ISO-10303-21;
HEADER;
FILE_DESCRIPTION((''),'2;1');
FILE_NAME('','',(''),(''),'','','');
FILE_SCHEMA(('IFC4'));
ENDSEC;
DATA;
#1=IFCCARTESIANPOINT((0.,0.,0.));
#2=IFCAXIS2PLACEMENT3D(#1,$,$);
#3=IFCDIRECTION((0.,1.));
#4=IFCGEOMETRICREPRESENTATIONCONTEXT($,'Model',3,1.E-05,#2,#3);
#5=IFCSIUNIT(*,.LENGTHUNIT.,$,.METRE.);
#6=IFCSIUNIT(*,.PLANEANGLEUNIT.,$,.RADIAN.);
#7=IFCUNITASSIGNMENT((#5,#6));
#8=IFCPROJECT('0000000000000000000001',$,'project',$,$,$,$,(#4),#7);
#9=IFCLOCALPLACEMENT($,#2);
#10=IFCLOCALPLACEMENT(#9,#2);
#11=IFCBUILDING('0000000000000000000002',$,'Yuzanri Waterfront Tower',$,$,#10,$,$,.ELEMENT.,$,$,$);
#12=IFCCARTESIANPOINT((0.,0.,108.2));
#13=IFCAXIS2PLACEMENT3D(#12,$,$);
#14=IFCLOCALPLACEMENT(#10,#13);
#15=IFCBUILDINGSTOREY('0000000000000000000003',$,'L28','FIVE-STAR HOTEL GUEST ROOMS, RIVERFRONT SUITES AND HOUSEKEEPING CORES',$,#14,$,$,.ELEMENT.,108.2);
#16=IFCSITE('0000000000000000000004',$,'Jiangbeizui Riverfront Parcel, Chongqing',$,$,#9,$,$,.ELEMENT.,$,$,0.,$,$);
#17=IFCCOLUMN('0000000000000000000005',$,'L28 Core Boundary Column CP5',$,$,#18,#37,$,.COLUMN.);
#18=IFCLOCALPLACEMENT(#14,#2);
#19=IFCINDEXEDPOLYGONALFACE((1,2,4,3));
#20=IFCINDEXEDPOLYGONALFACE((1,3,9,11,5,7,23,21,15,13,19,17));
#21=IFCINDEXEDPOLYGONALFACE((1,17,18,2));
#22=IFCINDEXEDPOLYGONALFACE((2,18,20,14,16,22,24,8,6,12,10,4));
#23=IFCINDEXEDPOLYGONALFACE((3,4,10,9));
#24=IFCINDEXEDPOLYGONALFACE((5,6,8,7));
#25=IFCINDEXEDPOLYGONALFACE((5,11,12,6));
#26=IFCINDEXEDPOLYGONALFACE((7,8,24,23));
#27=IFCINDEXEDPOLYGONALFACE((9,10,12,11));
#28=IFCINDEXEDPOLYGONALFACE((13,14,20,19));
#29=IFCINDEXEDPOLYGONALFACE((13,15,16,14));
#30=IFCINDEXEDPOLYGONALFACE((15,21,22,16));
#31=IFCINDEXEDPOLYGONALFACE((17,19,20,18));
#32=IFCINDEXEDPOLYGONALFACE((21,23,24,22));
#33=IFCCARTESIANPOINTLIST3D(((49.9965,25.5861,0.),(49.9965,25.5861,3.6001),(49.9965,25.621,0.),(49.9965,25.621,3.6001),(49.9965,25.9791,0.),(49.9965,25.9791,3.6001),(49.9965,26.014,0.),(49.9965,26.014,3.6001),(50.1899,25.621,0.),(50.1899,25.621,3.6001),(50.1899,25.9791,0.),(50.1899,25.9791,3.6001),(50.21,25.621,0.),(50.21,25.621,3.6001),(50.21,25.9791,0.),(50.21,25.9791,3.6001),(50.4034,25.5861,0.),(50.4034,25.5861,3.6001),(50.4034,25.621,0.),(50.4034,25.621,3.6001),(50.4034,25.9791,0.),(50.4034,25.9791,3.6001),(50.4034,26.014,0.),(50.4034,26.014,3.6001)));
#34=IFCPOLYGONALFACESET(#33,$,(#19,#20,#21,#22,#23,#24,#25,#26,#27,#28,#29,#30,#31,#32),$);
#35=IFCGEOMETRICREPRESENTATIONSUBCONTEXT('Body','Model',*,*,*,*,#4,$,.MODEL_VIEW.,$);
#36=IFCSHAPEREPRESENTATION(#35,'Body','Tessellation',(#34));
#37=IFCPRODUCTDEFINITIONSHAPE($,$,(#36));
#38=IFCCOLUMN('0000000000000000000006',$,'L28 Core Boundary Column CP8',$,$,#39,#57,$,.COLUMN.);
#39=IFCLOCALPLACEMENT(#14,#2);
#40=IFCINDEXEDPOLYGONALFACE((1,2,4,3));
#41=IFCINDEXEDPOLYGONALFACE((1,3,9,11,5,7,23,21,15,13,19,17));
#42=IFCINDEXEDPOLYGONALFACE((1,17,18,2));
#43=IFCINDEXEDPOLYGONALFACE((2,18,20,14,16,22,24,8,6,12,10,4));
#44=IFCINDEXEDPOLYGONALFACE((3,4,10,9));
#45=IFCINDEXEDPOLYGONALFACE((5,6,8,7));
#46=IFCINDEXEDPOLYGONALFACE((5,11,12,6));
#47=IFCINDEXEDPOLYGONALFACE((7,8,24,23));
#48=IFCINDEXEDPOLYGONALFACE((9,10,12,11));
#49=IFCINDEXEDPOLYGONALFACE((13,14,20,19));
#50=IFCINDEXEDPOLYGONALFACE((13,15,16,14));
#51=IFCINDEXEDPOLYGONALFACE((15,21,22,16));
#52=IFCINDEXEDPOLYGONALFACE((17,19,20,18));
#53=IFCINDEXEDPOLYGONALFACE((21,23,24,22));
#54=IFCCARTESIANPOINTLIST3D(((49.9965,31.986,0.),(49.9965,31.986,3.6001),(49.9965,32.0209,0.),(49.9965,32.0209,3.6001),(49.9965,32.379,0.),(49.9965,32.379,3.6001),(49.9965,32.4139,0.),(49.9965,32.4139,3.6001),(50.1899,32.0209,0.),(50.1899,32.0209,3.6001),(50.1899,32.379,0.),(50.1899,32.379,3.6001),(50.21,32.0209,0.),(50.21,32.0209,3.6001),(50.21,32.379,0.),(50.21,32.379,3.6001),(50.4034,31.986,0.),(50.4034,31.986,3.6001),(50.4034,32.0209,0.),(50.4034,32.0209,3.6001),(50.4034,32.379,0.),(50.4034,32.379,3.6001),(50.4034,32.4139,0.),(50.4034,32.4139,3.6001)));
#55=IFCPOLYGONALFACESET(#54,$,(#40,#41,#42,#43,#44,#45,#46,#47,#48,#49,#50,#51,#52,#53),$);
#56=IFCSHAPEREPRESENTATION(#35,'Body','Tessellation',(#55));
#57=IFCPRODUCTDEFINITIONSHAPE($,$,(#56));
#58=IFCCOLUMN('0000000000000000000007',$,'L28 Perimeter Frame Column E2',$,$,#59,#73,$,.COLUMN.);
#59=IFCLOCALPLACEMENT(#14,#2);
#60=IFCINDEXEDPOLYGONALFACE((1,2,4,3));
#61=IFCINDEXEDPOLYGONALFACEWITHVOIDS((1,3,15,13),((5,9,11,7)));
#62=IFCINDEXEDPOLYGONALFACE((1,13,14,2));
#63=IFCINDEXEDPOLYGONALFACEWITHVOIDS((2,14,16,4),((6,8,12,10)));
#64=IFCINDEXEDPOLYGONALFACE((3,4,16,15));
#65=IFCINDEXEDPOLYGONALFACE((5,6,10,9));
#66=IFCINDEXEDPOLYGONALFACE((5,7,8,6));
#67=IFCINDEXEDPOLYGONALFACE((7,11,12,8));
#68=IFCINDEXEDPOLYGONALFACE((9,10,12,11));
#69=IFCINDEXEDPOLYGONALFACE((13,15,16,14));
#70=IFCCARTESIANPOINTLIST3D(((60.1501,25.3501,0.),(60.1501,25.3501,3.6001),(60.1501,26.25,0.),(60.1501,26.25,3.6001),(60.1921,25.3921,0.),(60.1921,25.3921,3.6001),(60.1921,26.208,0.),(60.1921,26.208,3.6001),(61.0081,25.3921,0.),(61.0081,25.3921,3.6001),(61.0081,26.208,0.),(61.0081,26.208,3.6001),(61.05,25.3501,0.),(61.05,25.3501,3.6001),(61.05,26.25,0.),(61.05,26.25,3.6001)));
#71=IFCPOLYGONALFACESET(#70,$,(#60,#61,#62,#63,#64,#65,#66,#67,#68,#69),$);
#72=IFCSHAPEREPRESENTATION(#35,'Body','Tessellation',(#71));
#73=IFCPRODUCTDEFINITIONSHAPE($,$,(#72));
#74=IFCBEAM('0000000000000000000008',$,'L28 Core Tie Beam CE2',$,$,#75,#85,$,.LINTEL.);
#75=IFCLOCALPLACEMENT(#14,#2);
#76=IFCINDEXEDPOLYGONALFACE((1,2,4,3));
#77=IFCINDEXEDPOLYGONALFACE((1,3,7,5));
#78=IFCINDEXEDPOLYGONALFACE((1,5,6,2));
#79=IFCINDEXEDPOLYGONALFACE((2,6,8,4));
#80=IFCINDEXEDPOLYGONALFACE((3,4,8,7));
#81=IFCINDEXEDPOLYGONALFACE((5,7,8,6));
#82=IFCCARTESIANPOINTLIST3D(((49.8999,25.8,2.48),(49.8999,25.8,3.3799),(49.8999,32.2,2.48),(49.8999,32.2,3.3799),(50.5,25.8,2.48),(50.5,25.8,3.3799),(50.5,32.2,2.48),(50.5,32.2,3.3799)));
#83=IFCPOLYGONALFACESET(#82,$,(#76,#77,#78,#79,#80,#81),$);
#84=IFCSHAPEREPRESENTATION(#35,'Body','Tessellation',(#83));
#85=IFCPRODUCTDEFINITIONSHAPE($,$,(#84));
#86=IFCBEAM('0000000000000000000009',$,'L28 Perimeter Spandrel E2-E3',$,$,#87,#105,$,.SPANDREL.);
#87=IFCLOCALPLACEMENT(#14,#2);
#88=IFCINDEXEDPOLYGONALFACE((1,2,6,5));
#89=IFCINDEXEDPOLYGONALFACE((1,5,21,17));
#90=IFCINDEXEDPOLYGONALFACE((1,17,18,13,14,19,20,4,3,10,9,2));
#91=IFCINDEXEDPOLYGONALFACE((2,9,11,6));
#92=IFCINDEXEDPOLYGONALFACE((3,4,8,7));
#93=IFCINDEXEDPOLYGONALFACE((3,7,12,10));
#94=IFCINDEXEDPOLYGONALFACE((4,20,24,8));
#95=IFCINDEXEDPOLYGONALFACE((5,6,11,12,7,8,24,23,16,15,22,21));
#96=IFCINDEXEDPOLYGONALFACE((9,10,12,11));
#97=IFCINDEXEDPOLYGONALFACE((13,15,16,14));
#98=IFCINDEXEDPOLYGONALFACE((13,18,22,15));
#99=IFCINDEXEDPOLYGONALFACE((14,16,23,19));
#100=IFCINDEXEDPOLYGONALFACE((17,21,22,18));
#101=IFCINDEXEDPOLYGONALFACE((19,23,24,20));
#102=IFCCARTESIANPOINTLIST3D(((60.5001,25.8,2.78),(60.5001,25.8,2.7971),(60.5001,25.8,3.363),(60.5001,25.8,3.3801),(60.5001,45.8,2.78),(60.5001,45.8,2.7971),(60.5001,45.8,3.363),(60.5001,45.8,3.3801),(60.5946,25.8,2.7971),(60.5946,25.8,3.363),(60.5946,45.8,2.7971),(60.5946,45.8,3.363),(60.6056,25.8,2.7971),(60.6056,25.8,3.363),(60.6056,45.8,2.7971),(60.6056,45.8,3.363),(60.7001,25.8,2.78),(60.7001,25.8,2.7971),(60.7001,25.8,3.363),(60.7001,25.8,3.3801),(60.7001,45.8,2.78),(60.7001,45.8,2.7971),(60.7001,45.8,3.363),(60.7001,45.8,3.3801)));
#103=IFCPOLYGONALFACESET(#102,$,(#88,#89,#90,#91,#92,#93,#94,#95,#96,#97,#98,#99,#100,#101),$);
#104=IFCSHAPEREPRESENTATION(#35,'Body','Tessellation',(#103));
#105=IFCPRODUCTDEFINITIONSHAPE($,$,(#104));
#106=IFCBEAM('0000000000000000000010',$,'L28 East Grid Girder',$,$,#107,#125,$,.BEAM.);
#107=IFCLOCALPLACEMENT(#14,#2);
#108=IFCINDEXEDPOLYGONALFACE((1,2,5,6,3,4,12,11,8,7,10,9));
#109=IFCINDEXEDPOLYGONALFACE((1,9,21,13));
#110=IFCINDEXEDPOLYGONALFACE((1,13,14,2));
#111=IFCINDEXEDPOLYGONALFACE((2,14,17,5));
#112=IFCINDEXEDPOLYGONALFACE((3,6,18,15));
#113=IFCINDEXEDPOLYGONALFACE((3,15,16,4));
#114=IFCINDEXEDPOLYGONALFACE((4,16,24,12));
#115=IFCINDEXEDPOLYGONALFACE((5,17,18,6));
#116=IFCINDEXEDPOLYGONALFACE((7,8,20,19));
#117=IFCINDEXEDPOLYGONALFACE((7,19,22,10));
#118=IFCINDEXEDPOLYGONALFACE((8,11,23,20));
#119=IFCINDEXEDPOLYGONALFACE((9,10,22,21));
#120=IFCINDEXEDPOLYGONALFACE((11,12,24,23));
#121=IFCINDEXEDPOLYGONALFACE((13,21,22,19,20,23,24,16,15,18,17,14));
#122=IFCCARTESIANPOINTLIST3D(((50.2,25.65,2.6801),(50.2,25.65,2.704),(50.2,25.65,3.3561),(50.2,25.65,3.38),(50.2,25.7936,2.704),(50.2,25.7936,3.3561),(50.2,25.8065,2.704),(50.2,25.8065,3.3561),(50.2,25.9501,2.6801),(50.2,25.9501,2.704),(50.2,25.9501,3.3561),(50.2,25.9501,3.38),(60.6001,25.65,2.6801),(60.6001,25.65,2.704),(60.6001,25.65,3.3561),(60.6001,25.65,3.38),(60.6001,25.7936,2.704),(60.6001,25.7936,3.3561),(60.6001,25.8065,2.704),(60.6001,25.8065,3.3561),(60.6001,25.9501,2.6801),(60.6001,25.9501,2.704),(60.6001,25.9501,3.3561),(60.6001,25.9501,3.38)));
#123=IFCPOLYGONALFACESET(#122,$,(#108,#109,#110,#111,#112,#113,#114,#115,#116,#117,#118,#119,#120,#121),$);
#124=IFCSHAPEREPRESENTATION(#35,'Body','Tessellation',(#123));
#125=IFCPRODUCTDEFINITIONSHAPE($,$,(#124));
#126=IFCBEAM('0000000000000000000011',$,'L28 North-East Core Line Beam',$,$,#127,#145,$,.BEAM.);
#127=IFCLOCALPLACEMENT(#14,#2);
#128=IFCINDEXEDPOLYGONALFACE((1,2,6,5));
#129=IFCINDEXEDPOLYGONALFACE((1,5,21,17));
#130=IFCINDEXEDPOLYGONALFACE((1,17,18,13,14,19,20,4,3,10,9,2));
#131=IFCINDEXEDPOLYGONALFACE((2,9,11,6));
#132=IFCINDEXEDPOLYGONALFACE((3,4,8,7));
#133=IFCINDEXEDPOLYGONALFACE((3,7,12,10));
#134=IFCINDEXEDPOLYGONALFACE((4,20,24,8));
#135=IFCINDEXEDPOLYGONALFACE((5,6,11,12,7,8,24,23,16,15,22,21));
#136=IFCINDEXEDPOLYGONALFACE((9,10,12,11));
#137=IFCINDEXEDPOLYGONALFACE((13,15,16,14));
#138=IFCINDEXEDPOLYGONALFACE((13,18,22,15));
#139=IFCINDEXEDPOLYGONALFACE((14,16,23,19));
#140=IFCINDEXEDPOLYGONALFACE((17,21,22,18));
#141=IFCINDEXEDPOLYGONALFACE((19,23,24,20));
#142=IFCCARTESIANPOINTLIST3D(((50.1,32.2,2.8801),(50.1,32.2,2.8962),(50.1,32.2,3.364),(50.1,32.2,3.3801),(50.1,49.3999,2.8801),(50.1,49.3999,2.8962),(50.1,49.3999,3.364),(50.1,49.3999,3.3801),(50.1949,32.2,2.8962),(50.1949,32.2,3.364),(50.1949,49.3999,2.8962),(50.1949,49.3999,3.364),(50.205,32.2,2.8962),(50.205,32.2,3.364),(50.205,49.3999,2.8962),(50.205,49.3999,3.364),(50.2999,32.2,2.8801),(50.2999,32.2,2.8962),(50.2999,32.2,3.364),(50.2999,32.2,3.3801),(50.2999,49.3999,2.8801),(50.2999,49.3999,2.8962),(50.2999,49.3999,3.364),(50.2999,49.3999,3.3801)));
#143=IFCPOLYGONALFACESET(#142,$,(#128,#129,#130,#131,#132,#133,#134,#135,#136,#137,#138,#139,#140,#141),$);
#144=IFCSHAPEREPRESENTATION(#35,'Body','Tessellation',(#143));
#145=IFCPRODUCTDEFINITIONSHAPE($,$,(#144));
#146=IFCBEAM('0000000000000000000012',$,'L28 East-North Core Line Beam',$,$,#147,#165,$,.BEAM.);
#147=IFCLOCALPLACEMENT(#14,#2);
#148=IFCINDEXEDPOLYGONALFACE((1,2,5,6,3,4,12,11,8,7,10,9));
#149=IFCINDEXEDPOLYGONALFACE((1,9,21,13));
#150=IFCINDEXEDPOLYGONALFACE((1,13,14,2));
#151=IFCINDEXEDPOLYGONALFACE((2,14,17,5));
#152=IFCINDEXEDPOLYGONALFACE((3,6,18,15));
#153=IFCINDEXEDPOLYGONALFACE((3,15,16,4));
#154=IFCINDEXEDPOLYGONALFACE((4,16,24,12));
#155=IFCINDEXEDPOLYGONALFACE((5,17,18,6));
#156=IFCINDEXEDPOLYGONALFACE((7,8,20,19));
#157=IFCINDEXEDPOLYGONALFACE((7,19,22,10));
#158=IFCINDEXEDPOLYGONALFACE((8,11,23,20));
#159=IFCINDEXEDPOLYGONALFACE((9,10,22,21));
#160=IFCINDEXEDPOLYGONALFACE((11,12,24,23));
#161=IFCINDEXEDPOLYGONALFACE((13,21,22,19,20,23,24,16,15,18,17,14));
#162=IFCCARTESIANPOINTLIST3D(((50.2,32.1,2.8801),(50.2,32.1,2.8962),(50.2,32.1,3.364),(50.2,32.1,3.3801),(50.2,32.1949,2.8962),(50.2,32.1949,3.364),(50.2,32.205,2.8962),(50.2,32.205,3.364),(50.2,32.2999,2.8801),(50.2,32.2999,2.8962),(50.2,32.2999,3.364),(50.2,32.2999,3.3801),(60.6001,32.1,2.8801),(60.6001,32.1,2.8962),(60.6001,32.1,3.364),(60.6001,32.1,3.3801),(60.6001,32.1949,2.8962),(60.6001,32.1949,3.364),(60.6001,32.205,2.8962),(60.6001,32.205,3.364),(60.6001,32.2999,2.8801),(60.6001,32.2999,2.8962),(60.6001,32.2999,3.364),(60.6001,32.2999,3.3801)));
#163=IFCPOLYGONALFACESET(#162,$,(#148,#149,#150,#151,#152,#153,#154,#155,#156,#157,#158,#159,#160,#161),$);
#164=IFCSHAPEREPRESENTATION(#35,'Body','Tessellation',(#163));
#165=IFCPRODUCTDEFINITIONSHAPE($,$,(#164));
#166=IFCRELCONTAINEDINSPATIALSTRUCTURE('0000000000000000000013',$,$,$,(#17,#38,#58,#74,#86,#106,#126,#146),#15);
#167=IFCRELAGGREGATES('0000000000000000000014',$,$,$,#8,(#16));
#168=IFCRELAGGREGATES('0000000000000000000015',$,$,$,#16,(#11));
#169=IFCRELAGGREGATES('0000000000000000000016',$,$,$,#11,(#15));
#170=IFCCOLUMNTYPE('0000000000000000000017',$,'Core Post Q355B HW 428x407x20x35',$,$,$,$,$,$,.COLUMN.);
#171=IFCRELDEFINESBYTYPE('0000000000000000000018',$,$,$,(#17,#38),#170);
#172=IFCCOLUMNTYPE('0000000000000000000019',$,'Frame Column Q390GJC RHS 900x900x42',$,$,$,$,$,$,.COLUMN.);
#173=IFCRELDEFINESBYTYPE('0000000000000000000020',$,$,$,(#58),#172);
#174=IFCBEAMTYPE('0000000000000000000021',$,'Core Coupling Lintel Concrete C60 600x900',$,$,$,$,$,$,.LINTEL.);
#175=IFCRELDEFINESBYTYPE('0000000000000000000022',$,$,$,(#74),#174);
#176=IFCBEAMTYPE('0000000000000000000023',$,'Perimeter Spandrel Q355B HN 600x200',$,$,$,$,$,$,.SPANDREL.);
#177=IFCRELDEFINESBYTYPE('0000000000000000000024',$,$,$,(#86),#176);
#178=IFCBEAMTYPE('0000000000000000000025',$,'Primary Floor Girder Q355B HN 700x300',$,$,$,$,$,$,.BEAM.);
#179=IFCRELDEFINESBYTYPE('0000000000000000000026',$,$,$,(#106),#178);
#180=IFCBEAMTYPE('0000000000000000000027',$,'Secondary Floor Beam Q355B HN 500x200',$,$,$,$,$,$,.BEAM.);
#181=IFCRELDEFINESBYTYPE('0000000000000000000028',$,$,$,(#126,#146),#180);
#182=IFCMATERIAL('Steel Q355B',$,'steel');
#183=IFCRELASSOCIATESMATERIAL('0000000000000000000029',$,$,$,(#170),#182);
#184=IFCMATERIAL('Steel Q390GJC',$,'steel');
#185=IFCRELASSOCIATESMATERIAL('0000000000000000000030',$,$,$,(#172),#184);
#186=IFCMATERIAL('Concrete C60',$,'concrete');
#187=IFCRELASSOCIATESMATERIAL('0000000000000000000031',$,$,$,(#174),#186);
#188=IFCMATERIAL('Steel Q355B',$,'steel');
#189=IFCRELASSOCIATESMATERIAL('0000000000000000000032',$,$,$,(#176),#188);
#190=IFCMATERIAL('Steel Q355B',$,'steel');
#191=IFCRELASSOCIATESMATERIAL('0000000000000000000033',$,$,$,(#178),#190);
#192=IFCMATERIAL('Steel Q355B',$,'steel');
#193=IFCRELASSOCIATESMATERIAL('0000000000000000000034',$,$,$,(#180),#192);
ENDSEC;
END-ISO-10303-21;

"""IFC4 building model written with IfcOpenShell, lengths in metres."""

from ifc_helpers import new_model, si_unit, direction, frame, origin, origin_2d, place, context, subcontext, project, spatial, rectangle, hollow_rectangle, i_section, extrude, source, transform, mapped, material, material_profile, profile_set, type_object, element, save


model = new_model("IFC4")

# Units and contexts
model_context = context("Model", 3, precision=1e-05, world=origin(), true_north=direction((0.0, 1.0)))
body_context = subcontext(model_context, "Body", "Model", "MODEL_VIEW")
ifc_project = project(units=[si_unit("LENGTHUNIT", "METRE"), si_unit("PLANEANGLEUNIT", "RADIAN")], contexts=[model_context])

# Site, building, storey
site_placement = place(None, origin())
site = spatial("IfcSite", under=ifc_project, at=site_placement, Name="Jiangbeizui Riverfront Parcel, Chongqing", CompositionType="ELEMENT", RefElevation=0.0)
building_placement = place(site_placement, origin())
building = spatial("IfcBuilding", under=site, at=building_placement, Name="Yuzanri Waterfront Tower", CompositionType="ELEMENT")
storey_placement = place(building_placement, frame((0.0, 0.0, 108.2)))
storey = spatial("IfcBuildingStorey", under=building, at=storey_placement, Name="L28", Description="FIVE-STAR HOTEL GUEST ROOMS, RIVERFRONT SUITES AND HOUSEKEEPING CORES", CompositionType="ELEMENT", Elevation=108.2)

# Columns
ifc_material_1 = material(Name="Steel Q355B", Category="steel")
ifc_material_profile_1 = material_profile(ifc_material_1, i_section(OverallWidth=0.407, OverallDepth=0.428, WebThickness=0.02, FlangeThickness=0.0349, at=origin_2d()), Name="HW 428x407x20x35")
ifc_profile_set_1 = profile_set([ifc_material_profile_1], Name="Steel Q355B")
column_type_1 = type_object("IfcColumnType", Name="Core Post Q355B HW 428x407x20x35", PredefinedType="COLUMN", material=ifc_profile_set_1)
shared_shape_1 = source(origin(), body_context, "Body", "SweptSolid", [
    extrude(i_section(OverallWidth=0.407, OverallDepth=0.428, WebThickness=0.02, FlangeThickness=0.0349, at=origin_2d()), origin(), (0.0, 0.0, 1.0), 3.6001),
])
for number, where, z_axis, x_axis, name in (
    (1, (50.2, 25.8, 0.0), (0.0, 0.0, 1.0), (1.0, 0.0, 0.0), "L28 Core Boundary Column CP5"),
    (2, (50.2, 32.2, 0.0), (0.0, 0.0, 1.0), (1.0, 0.0, 0.0), "L28 Core Boundary Column CP8"),
):
    element("IfcColumn", number, at=place(storey_placement, frame(where, z_axis=z_axis, x_axis=x_axis)), inside=storey, type_object=column_type_1, Name=name, PredefinedType="COLUMN", context=body_context, shape_type="MappedRepresentation", body=[
        mapped(shared_shape_1, transform((0.0, 0.0, 0.0), scale=1.0)),
    ])
ifc_material_2 = material(Name="Steel Q390GJC", Category="steel")
ifc_material_profile_2 = material_profile(ifc_material_2, hollow_rectangle(XDim=0.8999, YDim=0.8999, WallThickness=0.042, at=origin_2d()), Name="RHS 900x900x42")
ifc_profile_set_2 = profile_set([ifc_material_profile_2], Name="Steel Q390GJC")
column_type_2 = type_object("IfcColumnType", Name="Frame Column Q390GJC RHS 900x900x42", PredefinedType="COLUMN", material=ifc_profile_set_2)
shared_shape_2 = source(origin(), body_context, "Body", "SweptSolid", [
    extrude(hollow_rectangle(XDim=0.8999, YDim=0.8999, WallThickness=0.042, at=origin_2d()), origin(), (0.0, 0.0, 1.0), 3.6001),
])
column_placement = place(storey_placement, frame((60.6001, 25.8, 0.0), z_axis=(0.0, 0.0, 1.0), x_axis=(1.0, 0.0, 0.0)))
element("IfcColumn", 3, at=column_placement, inside=storey, type_object=column_type_2, Name="L28 Perimeter Frame Column E2", PredefinedType="COLUMN", context=body_context, shape_type="MappedRepresentation", body=[
    mapped(shared_shape_2, transform((0.0, 0.0, 0.0), scale=1.0)),
])

# Beams
ifc_material_3 = material(Name="Concrete C60", Category="concrete")
ifc_material_profile_3 = material_profile(ifc_material_3, rectangle(XDim=0.6001, YDim=0.8999, at=origin_2d()), Name="RC 600x900")
ifc_profile_set_3 = profile_set([ifc_material_profile_3], Name="Concrete C60")
beam_type_1 = type_object("IfcBeamType", Name="Core Coupling Lintel Concrete C60 600x900", PredefinedType="LINTEL", material=ifc_profile_set_3)
shared_shape_3 = source(origin(), body_context, "Body", "SweptSolid", [
    extrude(rectangle(XDim=0.6001, YDim=0.8999, at=origin_2d()), origin(), (0.0, 0.0, 1.0), 6.3999),
])
beam_1_placement = place(storey_placement, frame((50.2, 25.8, 2.9299), z_axis=(0.0, 1.0, 0.0), x_axis=(-1.0, 0.0, 0.0)))
element("IfcBeam", 4, at=beam_1_placement, inside=storey, type_object=beam_type_1, Name="L28 Core Tie Beam CE2", PredefinedType="LINTEL", context=body_context, shape_type="MappedRepresentation", body=[
    mapped(shared_shape_3, transform((0.0, 0.0, 0.0), scale=1.0)),
])
ifc_material_4 = material(Name="Steel Q355B", Category="steel")
ifc_material_profile_4 = material_profile(ifc_material_4, i_section(OverallWidth=0.2, OverallDepth=0.6001, WebThickness=0.011, FlangeThickness=0.0171, at=origin_2d()), Name="HN 600x200x11x17")
ifc_profile_set_4 = profile_set([ifc_material_profile_4], Name="Steel Q355B")
beam_type_2 = type_object("IfcBeamType", Name="Perimeter Spandrel Q355B HN 600x200", PredefinedType="SPANDREL", material=ifc_profile_set_4)
shared_shape_4 = source(origin(), body_context, "Body", "SweptSolid", [
    extrude(i_section(OverallWidth=0.2, OverallDepth=0.6001, WebThickness=0.011, FlangeThickness=0.0171, at=origin_2d()), origin(), (0.0, 0.0, 1.0), 20.0),
])
beam_2_placement = place(storey_placement, frame((60.6001, 25.8, 3.0801), z_axis=(0.0, 1.0, 0.0), x_axis=(-1.0, 0.0, 0.0)))
element("IfcBeam", 5, at=beam_2_placement, inside=storey, type_object=beam_type_2, Name="L28 Perimeter Spandrel E2-E3", PredefinedType="SPANDREL", context=body_context, shape_type="MappedRepresentation", body=[
    mapped(shared_shape_4, transform((0.0, 0.0, 0.0), scale=1.0)),
])
ifc_material_5 = material(Name="Steel Q355B", Category="steel")
ifc_material_profile_5 = material_profile(ifc_material_5, i_section(OverallWidth=0.3, OverallDepth=0.7, WebThickness=0.0129, FlangeThickness=0.0239, at=origin_2d()), Name="HN 700x300x13x24")
ifc_profile_set_5 = profile_set([ifc_material_profile_5], Name="Steel Q355B")
beam_type_3 = type_object("IfcBeamType", Name="Primary Floor Girder Q355B HN 700x300", PredefinedType="BEAM", material=ifc_profile_set_5)
shared_shape_5 = source(origin(), body_context, "Body", "SweptSolid", [
    extrude(i_section(OverallWidth=0.3, OverallDepth=0.7, WebThickness=0.0129, FlangeThickness=0.0239, at=origin_2d()), origin(), (0.0, 0.0, 1.0), 10.4001),
])
beam_3_placement = place(storey_placement, frame((50.2, 25.8, 3.03), z_axis=(1.0, 0.0, 0.0), x_axis=(0.0, 1.0, 0.0)))
element("IfcBeam", 6, at=beam_3_placement, inside=storey, type_object=beam_type_3, Name="L28 East Grid Girder", PredefinedType="BEAM", context=body_context, shape_type="MappedRepresentation", body=[
    mapped(shared_shape_5, transform((0.0, 0.0, 0.0), scale=1.0)),
])
ifc_material_6 = material(Name="Steel Q355B", Category="steel")
ifc_material_profile_6 = material_profile(ifc_material_6, i_section(OverallWidth=0.2, OverallDepth=0.5, WebThickness=0.01, FlangeThickness=0.0161, at=origin_2d()), Name="HN 500x200x10x16")
ifc_profile_set_6 = profile_set([ifc_material_profile_6], Name="Steel Q355B")
beam_type_4 = type_object("IfcBeamType", Name="Secondary Floor Beam Q355B HN 500x200", PredefinedType="BEAM", material=ifc_profile_set_6)
shared_shape_6 = source(origin(), body_context, "Body", "SweptSolid", [
    extrude(i_section(OverallWidth=0.2, OverallDepth=0.5, WebThickness=0.01, FlangeThickness=0.0161, at=origin_2d()), origin(), (0.0, 0.0, 1.0), 17.2),
])
beam_4_placement = place(storey_placement, frame((50.2, 32.2, 3.1301), z_axis=(0.0, 1.0, 0.0), x_axis=(-1.0, 0.0, 0.0)))
element("IfcBeam", 7, at=beam_4_placement, inside=storey, type_object=beam_type_4, Name="L28 North-East Core Line Beam", PredefinedType="BEAM", context=body_context, shape_type="MappedRepresentation", body=[
    mapped(shared_shape_6, transform((0.0, 0.0, 0.0), scale=1.0)),
])
shared_shape_7 = source(origin(), body_context, "Body", "SweptSolid", [
    extrude(i_section(OverallWidth=0.2, OverallDepth=0.5, WebThickness=0.01, FlangeThickness=0.0161, at=origin_2d()), origin(), (0.0, 0.0, 1.0), 10.4001),
])
beam_5_placement = place(storey_placement, frame((50.2, 32.2, 3.1301), z_axis=(1.0, 0.0, 0.0), x_axis=(0.0, 1.0, 0.0)))
element("IfcBeam", 8, at=beam_5_placement, inside=storey, type_object=beam_type_4, Name="L28 East-North Core Line Beam", PredefinedType="BEAM", context=body_context, shape_type="MappedRepresentation", body=[
    mapped(shared_shape_7, transform((0.0, 0.0, 0.0), scale=1.0)),
])

save(model, "model.ifc")
